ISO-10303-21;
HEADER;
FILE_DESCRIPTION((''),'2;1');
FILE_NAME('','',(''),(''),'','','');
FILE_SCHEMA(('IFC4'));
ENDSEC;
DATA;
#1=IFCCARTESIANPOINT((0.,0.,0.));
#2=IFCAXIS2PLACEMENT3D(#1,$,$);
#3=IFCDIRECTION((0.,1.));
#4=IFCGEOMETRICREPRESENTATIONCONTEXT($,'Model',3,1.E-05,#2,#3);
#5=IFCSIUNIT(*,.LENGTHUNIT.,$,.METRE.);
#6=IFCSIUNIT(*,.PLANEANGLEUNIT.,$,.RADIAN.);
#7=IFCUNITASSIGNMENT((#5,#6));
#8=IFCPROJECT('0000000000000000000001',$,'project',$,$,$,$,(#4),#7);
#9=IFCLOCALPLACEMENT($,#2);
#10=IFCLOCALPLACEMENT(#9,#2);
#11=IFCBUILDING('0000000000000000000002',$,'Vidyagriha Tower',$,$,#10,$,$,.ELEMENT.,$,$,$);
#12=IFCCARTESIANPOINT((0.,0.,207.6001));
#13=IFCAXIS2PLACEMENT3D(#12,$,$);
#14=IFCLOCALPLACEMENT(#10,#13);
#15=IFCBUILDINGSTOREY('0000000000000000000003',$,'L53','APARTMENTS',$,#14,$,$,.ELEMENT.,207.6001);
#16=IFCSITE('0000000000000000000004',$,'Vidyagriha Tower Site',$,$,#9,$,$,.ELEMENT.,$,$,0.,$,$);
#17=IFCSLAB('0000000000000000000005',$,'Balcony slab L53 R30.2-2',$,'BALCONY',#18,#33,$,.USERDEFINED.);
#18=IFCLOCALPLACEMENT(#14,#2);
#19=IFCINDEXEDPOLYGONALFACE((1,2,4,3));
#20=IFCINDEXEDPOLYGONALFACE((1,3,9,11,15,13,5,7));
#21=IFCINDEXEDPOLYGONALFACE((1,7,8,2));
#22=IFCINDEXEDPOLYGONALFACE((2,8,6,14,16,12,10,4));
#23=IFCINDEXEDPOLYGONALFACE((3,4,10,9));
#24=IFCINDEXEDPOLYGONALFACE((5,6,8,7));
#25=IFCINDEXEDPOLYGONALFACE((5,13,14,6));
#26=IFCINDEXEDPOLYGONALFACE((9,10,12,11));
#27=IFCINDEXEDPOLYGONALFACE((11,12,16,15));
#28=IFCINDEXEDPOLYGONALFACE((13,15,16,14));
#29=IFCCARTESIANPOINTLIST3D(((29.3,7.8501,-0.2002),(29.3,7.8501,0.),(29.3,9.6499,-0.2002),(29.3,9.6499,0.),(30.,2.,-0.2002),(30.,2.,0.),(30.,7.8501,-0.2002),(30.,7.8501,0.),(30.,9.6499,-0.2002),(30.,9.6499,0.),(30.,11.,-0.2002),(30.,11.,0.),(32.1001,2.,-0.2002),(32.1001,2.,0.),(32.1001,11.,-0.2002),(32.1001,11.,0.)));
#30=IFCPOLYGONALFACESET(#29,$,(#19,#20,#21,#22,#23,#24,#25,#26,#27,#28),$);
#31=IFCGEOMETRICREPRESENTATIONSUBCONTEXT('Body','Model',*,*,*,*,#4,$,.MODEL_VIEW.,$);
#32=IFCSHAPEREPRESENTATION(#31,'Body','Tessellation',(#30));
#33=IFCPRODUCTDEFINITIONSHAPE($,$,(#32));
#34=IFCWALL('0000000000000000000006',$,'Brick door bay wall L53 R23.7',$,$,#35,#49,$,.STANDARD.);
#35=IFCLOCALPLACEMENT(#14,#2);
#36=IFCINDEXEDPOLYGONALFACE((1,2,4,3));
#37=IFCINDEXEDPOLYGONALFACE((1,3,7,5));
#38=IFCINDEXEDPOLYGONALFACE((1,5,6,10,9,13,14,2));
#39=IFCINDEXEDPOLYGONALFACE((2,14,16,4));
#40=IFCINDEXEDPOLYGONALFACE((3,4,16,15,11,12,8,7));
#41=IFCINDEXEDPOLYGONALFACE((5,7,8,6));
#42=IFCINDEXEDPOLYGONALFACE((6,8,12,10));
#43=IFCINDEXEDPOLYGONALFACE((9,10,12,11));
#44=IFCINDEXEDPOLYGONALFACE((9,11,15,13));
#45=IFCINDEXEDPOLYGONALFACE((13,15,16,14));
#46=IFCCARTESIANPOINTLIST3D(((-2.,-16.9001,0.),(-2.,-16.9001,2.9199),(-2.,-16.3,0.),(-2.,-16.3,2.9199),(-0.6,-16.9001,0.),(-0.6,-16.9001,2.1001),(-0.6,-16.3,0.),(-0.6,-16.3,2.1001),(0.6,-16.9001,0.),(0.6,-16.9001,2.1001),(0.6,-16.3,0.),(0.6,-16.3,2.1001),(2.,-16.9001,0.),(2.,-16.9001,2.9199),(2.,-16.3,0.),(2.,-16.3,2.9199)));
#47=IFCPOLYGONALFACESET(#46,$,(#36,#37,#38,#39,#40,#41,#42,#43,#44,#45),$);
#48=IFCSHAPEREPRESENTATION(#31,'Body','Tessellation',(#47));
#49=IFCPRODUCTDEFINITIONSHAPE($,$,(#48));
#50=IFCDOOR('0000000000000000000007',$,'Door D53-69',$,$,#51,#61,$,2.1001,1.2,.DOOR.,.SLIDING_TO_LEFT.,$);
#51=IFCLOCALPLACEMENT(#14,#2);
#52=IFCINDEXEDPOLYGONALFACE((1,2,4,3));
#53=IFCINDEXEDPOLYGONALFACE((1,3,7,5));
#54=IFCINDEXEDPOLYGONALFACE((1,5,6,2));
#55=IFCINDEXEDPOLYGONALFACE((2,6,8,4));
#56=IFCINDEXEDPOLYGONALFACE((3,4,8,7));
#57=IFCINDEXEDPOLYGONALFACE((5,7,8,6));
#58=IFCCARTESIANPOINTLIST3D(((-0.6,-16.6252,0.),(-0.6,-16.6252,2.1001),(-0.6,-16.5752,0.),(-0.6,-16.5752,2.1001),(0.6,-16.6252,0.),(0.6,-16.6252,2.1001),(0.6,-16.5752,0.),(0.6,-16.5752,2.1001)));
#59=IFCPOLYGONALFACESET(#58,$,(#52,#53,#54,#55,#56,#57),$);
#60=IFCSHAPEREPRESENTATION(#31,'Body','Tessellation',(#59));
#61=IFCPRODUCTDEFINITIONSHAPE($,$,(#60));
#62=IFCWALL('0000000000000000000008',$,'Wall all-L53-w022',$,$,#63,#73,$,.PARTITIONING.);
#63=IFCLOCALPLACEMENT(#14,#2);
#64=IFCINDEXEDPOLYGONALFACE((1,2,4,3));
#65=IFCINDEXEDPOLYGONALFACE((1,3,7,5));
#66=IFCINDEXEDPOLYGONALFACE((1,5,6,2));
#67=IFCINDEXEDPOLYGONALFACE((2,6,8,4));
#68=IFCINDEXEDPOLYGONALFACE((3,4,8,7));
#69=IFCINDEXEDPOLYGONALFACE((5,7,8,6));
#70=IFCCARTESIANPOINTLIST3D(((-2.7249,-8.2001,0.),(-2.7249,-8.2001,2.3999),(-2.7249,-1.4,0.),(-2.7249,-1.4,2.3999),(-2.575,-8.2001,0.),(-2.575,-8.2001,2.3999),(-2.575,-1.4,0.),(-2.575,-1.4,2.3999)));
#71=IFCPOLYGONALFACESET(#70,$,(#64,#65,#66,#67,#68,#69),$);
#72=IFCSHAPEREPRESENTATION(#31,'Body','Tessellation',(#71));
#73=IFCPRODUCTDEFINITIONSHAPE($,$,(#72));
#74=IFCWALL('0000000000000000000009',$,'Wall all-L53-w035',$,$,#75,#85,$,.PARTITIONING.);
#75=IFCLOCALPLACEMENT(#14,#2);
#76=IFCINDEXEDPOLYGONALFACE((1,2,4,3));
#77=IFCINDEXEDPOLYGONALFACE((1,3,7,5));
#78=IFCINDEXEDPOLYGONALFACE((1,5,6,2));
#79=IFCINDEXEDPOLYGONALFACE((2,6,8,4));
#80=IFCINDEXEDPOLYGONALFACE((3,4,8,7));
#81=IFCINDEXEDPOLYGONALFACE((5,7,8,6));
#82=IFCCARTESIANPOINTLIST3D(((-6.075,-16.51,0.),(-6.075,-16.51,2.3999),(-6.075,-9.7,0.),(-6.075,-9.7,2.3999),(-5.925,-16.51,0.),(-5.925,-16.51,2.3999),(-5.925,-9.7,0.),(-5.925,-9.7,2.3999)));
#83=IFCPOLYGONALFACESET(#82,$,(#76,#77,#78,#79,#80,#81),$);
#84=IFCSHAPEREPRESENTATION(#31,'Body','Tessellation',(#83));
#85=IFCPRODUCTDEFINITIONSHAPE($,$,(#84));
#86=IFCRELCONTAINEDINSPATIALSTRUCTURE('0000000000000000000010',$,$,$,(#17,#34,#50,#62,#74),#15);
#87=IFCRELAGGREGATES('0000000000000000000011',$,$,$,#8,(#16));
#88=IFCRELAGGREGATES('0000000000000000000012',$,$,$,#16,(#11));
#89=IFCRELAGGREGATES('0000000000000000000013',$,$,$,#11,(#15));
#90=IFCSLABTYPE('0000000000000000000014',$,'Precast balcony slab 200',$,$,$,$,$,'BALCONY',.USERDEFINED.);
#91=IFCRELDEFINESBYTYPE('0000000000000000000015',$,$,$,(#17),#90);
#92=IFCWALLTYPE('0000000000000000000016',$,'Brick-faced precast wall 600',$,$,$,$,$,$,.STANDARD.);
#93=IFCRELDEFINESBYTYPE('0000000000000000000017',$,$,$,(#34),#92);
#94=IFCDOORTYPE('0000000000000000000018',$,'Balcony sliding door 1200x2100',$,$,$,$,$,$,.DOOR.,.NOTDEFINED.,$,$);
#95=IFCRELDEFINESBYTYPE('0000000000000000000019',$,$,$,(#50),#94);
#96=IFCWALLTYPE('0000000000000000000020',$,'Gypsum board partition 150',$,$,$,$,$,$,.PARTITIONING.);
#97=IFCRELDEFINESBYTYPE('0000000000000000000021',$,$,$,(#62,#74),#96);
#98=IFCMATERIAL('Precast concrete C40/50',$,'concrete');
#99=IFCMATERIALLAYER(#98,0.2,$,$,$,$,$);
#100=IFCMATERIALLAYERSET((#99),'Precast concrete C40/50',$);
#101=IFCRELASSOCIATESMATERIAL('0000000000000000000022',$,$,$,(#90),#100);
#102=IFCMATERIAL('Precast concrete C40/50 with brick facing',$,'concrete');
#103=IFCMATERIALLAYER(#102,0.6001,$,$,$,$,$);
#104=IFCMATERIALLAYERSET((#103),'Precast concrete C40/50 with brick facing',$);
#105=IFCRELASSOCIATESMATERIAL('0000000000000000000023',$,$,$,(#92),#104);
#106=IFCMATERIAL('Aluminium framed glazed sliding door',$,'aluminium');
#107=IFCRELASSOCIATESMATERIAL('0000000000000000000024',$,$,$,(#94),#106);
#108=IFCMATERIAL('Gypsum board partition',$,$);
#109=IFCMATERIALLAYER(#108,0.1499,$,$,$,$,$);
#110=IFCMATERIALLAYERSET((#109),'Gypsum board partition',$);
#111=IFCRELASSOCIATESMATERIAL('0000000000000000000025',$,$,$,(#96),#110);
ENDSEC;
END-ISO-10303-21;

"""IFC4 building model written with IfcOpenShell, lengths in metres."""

from ifc_helpers import new_model, si_unit, direction, frame, frame_2d, origin, place, context, subcontext, project, spatial, polyline, rectangle, outline, extrude, material, layer, layer_set, type_object, element, fill, save


model = new_model("IFC4")

# Units and contexts
model_context = context("Model", 3, precision=1e-05, world=origin(), true_north=direction((0.0, 1.0)))
body_context = subcontext(model_context, "Body", "Model", "MODEL_VIEW")
ifc_project = project(units=[si_unit("LENGTHUNIT", "METRE"), si_unit("PLANEANGLEUNIT", "RADIAN")], contexts=[model_context])

# Site, building, storey
site_placement = place(None, origin())
site = spatial("IfcSite", under=ifc_project, at=site_placement, Name="Vidyagriha Tower Site", CompositionType="ELEMENT", RefElevation=0.0)
building_placement = place(site_placement, origin())
building = spatial("IfcBuilding", under=site, at=building_placement, Name="Vidyagriha Tower", CompositionType="ELEMENT")
storey_placement = place(building_placement, frame((0.0, 0.0, 207.6001)))
storey = spatial("IfcBuildingStorey", under=building, at=storey_placement, Name="L53", Description="APARTMENTS", CompositionType="ELEMENT", Elevation=207.6001)

# Slab
ifc_material_1 = material(Name="Precast concrete C40/50", Category="concrete")
ifc_layer_1 = layer(ifc_material_1, 0.2)
ifc_layer_set_1 = layer_set([ifc_layer_1], Name="Precast concrete C40/50")
slab_type_1 = type_object("IfcSlabType", Name="Precast balcony slab 200", ElementType="BALCONY", PredefinedType="USERDEFINED", material=ifc_layer_set_1)
slab_1_placement = place(storey_placement, frame((0.0, 0.0, -0.2002)))
element("IfcSlab", 1, at=slab_1_placement, inside=storey, type_object=slab_type_1, Name="Balcony slab L53 R30.2-2", ObjectType="BALCONY", PredefinedType="USERDEFINED", context=body_context, shape_type="SweptSolid", body=[
    extrude(outline(polyline([(30.0, 7.8501), (30.0, 2.0), (32.1001, 2.0), (32.1001, 11.0), (30.0, 11.0), (30.0, 9.6499), (29.3, 9.6499), (29.3, 7.8501), (30.0, 7.8501)])), origin(), (0.0, 0.0, 1.0), 0.2002),
])

# Wall, opening, door
ifc_material_2 = material(Name="Precast concrete C40/50 with brick facing", Category="concrete")
ifc_layer_2 = layer(ifc_material_2, 0.6001)
ifc_layer_set_2 = layer_set([ifc_layer_2], Name="Precast concrete C40/50 with brick facing")
wall_type_1 = type_object("IfcWallType", Name="Brick-faced precast wall 600", PredefinedType="STANDARD", material=ifc_layer_set_2)
wall_1_placement = place(storey_placement, frame((-2.0, -16.6001, 0.0)))
wall_1 = element("IfcWall", 2, at=wall_1_placement, inside=storey, type_object=wall_type_1, Name="Brick door bay wall L53 R23.7", PredefinedType="STANDARD", context=body_context, shape_type="SweptSolid", body=[
    extrude(rectangle(XDim=4.0, YDim=0.6001, at=frame_2d((2.0, 0.0))), origin(), (0.0, 0.0, 1.0), 2.9199),
])
opening_placement = place(wall_1_placement, frame((1.3999, 0.0, 0.0)))
opening = element("IfcOpeningElement", 3, at=opening_placement, cuts=wall_1, PredefinedType="OPENING", context=body_context, shape_type="SweptSolid", body=[
    extrude(rectangle(XDim=1.2, YDim=2.1001, at=frame_2d((0.6001, 1.05))), frame((0.0, 0.3101, 0.0), z_axis=(0.0, -1.0, 0.0), x_axis=(1.0, 0.0, 0.0)), (0.0, 0.0, 1.0), 0.6201),
])
ifc_material_3 = material(Name="Aluminium framed glazed sliding door", Category="aluminium")
door_type = type_object("IfcDoorType", Name="Balcony sliding door 1200x2100", OperationType="NOTDEFINED", PredefinedType="DOOR", material=ifc_material_3)
door_placement = place(opening_placement, origin())
door = element("IfcDoor", 4, at=door_placement, inside=storey, type_object=door_type, Name="Door D53-69", OperationType="SLIDING_TO_LEFT", OverallHeight=2.1001, OverallWidth=1.2, PredefinedType="DOOR", context=body_context, shape_type="SweptSolid", body=[
    extrude(rectangle(XDim=1.2, YDim=2.1001, at=frame_2d((0.6001, 1.05))), frame((0.0, 0.0249, 0.0), z_axis=(0.0, -1.0, 0.0), x_axis=(1.0, 0.0, 0.0)), (0.0, 0.0, 1.0), 0.05),
])
fill(opening, door)

# Walls
ifc_material_4 = material(Name="Gypsum board partition")
ifc_layer_3 = layer(ifc_material_4, 0.1499)
ifc_layer_set_3 = layer_set([ifc_layer_3], Name="Gypsum board partition")
wall_type_2 = type_object("IfcWallType", Name="Gypsum board partition 150", PredefinedType="PARTITIONING", material=ifc_layer_set_3)
wall_2_placement = place(storey_placement, frame((-2.6499, -8.2, 0.0), z_axis=(0.0, 0.0, 1.0), x_axis=(0.0, 1.0, 0.0)))
element("IfcWall", 5, at=wall_2_placement, inside=storey, type_object=wall_type_2, Name="Wall all-L53-w022", PredefinedType="PARTITIONING", context=body_context, shape_type="SweptSolid", body=[
    extrude(rectangle(XDim=6.8, YDim=0.1499, at=frame_2d((3.3999, 0.0))), origin(), (0.0, 0.0, 1.0), 2.3999),
])
wall_3_placement = place(storey_placement, frame((-6.0, -9.7, 0.0), z_axis=(0.0, 0.0, 1.0), x_axis=(0.0, -1.0, 0.0)))
element("IfcWall", 6, at=wall_3_placement, inside=storey, type_object=wall_type_2, Name="Wall all-L53-w035", PredefinedType="PARTITIONING", context=body_context, shape_type="SweptSolid", body=[
    extrude(rectangle(XDim=6.8101, YDim=0.1499, at=frame_2d((3.405, 0.0))), origin(), (0.0, 0.0, 1.0), 2.3999),
])

save(model, "model.ifc")
